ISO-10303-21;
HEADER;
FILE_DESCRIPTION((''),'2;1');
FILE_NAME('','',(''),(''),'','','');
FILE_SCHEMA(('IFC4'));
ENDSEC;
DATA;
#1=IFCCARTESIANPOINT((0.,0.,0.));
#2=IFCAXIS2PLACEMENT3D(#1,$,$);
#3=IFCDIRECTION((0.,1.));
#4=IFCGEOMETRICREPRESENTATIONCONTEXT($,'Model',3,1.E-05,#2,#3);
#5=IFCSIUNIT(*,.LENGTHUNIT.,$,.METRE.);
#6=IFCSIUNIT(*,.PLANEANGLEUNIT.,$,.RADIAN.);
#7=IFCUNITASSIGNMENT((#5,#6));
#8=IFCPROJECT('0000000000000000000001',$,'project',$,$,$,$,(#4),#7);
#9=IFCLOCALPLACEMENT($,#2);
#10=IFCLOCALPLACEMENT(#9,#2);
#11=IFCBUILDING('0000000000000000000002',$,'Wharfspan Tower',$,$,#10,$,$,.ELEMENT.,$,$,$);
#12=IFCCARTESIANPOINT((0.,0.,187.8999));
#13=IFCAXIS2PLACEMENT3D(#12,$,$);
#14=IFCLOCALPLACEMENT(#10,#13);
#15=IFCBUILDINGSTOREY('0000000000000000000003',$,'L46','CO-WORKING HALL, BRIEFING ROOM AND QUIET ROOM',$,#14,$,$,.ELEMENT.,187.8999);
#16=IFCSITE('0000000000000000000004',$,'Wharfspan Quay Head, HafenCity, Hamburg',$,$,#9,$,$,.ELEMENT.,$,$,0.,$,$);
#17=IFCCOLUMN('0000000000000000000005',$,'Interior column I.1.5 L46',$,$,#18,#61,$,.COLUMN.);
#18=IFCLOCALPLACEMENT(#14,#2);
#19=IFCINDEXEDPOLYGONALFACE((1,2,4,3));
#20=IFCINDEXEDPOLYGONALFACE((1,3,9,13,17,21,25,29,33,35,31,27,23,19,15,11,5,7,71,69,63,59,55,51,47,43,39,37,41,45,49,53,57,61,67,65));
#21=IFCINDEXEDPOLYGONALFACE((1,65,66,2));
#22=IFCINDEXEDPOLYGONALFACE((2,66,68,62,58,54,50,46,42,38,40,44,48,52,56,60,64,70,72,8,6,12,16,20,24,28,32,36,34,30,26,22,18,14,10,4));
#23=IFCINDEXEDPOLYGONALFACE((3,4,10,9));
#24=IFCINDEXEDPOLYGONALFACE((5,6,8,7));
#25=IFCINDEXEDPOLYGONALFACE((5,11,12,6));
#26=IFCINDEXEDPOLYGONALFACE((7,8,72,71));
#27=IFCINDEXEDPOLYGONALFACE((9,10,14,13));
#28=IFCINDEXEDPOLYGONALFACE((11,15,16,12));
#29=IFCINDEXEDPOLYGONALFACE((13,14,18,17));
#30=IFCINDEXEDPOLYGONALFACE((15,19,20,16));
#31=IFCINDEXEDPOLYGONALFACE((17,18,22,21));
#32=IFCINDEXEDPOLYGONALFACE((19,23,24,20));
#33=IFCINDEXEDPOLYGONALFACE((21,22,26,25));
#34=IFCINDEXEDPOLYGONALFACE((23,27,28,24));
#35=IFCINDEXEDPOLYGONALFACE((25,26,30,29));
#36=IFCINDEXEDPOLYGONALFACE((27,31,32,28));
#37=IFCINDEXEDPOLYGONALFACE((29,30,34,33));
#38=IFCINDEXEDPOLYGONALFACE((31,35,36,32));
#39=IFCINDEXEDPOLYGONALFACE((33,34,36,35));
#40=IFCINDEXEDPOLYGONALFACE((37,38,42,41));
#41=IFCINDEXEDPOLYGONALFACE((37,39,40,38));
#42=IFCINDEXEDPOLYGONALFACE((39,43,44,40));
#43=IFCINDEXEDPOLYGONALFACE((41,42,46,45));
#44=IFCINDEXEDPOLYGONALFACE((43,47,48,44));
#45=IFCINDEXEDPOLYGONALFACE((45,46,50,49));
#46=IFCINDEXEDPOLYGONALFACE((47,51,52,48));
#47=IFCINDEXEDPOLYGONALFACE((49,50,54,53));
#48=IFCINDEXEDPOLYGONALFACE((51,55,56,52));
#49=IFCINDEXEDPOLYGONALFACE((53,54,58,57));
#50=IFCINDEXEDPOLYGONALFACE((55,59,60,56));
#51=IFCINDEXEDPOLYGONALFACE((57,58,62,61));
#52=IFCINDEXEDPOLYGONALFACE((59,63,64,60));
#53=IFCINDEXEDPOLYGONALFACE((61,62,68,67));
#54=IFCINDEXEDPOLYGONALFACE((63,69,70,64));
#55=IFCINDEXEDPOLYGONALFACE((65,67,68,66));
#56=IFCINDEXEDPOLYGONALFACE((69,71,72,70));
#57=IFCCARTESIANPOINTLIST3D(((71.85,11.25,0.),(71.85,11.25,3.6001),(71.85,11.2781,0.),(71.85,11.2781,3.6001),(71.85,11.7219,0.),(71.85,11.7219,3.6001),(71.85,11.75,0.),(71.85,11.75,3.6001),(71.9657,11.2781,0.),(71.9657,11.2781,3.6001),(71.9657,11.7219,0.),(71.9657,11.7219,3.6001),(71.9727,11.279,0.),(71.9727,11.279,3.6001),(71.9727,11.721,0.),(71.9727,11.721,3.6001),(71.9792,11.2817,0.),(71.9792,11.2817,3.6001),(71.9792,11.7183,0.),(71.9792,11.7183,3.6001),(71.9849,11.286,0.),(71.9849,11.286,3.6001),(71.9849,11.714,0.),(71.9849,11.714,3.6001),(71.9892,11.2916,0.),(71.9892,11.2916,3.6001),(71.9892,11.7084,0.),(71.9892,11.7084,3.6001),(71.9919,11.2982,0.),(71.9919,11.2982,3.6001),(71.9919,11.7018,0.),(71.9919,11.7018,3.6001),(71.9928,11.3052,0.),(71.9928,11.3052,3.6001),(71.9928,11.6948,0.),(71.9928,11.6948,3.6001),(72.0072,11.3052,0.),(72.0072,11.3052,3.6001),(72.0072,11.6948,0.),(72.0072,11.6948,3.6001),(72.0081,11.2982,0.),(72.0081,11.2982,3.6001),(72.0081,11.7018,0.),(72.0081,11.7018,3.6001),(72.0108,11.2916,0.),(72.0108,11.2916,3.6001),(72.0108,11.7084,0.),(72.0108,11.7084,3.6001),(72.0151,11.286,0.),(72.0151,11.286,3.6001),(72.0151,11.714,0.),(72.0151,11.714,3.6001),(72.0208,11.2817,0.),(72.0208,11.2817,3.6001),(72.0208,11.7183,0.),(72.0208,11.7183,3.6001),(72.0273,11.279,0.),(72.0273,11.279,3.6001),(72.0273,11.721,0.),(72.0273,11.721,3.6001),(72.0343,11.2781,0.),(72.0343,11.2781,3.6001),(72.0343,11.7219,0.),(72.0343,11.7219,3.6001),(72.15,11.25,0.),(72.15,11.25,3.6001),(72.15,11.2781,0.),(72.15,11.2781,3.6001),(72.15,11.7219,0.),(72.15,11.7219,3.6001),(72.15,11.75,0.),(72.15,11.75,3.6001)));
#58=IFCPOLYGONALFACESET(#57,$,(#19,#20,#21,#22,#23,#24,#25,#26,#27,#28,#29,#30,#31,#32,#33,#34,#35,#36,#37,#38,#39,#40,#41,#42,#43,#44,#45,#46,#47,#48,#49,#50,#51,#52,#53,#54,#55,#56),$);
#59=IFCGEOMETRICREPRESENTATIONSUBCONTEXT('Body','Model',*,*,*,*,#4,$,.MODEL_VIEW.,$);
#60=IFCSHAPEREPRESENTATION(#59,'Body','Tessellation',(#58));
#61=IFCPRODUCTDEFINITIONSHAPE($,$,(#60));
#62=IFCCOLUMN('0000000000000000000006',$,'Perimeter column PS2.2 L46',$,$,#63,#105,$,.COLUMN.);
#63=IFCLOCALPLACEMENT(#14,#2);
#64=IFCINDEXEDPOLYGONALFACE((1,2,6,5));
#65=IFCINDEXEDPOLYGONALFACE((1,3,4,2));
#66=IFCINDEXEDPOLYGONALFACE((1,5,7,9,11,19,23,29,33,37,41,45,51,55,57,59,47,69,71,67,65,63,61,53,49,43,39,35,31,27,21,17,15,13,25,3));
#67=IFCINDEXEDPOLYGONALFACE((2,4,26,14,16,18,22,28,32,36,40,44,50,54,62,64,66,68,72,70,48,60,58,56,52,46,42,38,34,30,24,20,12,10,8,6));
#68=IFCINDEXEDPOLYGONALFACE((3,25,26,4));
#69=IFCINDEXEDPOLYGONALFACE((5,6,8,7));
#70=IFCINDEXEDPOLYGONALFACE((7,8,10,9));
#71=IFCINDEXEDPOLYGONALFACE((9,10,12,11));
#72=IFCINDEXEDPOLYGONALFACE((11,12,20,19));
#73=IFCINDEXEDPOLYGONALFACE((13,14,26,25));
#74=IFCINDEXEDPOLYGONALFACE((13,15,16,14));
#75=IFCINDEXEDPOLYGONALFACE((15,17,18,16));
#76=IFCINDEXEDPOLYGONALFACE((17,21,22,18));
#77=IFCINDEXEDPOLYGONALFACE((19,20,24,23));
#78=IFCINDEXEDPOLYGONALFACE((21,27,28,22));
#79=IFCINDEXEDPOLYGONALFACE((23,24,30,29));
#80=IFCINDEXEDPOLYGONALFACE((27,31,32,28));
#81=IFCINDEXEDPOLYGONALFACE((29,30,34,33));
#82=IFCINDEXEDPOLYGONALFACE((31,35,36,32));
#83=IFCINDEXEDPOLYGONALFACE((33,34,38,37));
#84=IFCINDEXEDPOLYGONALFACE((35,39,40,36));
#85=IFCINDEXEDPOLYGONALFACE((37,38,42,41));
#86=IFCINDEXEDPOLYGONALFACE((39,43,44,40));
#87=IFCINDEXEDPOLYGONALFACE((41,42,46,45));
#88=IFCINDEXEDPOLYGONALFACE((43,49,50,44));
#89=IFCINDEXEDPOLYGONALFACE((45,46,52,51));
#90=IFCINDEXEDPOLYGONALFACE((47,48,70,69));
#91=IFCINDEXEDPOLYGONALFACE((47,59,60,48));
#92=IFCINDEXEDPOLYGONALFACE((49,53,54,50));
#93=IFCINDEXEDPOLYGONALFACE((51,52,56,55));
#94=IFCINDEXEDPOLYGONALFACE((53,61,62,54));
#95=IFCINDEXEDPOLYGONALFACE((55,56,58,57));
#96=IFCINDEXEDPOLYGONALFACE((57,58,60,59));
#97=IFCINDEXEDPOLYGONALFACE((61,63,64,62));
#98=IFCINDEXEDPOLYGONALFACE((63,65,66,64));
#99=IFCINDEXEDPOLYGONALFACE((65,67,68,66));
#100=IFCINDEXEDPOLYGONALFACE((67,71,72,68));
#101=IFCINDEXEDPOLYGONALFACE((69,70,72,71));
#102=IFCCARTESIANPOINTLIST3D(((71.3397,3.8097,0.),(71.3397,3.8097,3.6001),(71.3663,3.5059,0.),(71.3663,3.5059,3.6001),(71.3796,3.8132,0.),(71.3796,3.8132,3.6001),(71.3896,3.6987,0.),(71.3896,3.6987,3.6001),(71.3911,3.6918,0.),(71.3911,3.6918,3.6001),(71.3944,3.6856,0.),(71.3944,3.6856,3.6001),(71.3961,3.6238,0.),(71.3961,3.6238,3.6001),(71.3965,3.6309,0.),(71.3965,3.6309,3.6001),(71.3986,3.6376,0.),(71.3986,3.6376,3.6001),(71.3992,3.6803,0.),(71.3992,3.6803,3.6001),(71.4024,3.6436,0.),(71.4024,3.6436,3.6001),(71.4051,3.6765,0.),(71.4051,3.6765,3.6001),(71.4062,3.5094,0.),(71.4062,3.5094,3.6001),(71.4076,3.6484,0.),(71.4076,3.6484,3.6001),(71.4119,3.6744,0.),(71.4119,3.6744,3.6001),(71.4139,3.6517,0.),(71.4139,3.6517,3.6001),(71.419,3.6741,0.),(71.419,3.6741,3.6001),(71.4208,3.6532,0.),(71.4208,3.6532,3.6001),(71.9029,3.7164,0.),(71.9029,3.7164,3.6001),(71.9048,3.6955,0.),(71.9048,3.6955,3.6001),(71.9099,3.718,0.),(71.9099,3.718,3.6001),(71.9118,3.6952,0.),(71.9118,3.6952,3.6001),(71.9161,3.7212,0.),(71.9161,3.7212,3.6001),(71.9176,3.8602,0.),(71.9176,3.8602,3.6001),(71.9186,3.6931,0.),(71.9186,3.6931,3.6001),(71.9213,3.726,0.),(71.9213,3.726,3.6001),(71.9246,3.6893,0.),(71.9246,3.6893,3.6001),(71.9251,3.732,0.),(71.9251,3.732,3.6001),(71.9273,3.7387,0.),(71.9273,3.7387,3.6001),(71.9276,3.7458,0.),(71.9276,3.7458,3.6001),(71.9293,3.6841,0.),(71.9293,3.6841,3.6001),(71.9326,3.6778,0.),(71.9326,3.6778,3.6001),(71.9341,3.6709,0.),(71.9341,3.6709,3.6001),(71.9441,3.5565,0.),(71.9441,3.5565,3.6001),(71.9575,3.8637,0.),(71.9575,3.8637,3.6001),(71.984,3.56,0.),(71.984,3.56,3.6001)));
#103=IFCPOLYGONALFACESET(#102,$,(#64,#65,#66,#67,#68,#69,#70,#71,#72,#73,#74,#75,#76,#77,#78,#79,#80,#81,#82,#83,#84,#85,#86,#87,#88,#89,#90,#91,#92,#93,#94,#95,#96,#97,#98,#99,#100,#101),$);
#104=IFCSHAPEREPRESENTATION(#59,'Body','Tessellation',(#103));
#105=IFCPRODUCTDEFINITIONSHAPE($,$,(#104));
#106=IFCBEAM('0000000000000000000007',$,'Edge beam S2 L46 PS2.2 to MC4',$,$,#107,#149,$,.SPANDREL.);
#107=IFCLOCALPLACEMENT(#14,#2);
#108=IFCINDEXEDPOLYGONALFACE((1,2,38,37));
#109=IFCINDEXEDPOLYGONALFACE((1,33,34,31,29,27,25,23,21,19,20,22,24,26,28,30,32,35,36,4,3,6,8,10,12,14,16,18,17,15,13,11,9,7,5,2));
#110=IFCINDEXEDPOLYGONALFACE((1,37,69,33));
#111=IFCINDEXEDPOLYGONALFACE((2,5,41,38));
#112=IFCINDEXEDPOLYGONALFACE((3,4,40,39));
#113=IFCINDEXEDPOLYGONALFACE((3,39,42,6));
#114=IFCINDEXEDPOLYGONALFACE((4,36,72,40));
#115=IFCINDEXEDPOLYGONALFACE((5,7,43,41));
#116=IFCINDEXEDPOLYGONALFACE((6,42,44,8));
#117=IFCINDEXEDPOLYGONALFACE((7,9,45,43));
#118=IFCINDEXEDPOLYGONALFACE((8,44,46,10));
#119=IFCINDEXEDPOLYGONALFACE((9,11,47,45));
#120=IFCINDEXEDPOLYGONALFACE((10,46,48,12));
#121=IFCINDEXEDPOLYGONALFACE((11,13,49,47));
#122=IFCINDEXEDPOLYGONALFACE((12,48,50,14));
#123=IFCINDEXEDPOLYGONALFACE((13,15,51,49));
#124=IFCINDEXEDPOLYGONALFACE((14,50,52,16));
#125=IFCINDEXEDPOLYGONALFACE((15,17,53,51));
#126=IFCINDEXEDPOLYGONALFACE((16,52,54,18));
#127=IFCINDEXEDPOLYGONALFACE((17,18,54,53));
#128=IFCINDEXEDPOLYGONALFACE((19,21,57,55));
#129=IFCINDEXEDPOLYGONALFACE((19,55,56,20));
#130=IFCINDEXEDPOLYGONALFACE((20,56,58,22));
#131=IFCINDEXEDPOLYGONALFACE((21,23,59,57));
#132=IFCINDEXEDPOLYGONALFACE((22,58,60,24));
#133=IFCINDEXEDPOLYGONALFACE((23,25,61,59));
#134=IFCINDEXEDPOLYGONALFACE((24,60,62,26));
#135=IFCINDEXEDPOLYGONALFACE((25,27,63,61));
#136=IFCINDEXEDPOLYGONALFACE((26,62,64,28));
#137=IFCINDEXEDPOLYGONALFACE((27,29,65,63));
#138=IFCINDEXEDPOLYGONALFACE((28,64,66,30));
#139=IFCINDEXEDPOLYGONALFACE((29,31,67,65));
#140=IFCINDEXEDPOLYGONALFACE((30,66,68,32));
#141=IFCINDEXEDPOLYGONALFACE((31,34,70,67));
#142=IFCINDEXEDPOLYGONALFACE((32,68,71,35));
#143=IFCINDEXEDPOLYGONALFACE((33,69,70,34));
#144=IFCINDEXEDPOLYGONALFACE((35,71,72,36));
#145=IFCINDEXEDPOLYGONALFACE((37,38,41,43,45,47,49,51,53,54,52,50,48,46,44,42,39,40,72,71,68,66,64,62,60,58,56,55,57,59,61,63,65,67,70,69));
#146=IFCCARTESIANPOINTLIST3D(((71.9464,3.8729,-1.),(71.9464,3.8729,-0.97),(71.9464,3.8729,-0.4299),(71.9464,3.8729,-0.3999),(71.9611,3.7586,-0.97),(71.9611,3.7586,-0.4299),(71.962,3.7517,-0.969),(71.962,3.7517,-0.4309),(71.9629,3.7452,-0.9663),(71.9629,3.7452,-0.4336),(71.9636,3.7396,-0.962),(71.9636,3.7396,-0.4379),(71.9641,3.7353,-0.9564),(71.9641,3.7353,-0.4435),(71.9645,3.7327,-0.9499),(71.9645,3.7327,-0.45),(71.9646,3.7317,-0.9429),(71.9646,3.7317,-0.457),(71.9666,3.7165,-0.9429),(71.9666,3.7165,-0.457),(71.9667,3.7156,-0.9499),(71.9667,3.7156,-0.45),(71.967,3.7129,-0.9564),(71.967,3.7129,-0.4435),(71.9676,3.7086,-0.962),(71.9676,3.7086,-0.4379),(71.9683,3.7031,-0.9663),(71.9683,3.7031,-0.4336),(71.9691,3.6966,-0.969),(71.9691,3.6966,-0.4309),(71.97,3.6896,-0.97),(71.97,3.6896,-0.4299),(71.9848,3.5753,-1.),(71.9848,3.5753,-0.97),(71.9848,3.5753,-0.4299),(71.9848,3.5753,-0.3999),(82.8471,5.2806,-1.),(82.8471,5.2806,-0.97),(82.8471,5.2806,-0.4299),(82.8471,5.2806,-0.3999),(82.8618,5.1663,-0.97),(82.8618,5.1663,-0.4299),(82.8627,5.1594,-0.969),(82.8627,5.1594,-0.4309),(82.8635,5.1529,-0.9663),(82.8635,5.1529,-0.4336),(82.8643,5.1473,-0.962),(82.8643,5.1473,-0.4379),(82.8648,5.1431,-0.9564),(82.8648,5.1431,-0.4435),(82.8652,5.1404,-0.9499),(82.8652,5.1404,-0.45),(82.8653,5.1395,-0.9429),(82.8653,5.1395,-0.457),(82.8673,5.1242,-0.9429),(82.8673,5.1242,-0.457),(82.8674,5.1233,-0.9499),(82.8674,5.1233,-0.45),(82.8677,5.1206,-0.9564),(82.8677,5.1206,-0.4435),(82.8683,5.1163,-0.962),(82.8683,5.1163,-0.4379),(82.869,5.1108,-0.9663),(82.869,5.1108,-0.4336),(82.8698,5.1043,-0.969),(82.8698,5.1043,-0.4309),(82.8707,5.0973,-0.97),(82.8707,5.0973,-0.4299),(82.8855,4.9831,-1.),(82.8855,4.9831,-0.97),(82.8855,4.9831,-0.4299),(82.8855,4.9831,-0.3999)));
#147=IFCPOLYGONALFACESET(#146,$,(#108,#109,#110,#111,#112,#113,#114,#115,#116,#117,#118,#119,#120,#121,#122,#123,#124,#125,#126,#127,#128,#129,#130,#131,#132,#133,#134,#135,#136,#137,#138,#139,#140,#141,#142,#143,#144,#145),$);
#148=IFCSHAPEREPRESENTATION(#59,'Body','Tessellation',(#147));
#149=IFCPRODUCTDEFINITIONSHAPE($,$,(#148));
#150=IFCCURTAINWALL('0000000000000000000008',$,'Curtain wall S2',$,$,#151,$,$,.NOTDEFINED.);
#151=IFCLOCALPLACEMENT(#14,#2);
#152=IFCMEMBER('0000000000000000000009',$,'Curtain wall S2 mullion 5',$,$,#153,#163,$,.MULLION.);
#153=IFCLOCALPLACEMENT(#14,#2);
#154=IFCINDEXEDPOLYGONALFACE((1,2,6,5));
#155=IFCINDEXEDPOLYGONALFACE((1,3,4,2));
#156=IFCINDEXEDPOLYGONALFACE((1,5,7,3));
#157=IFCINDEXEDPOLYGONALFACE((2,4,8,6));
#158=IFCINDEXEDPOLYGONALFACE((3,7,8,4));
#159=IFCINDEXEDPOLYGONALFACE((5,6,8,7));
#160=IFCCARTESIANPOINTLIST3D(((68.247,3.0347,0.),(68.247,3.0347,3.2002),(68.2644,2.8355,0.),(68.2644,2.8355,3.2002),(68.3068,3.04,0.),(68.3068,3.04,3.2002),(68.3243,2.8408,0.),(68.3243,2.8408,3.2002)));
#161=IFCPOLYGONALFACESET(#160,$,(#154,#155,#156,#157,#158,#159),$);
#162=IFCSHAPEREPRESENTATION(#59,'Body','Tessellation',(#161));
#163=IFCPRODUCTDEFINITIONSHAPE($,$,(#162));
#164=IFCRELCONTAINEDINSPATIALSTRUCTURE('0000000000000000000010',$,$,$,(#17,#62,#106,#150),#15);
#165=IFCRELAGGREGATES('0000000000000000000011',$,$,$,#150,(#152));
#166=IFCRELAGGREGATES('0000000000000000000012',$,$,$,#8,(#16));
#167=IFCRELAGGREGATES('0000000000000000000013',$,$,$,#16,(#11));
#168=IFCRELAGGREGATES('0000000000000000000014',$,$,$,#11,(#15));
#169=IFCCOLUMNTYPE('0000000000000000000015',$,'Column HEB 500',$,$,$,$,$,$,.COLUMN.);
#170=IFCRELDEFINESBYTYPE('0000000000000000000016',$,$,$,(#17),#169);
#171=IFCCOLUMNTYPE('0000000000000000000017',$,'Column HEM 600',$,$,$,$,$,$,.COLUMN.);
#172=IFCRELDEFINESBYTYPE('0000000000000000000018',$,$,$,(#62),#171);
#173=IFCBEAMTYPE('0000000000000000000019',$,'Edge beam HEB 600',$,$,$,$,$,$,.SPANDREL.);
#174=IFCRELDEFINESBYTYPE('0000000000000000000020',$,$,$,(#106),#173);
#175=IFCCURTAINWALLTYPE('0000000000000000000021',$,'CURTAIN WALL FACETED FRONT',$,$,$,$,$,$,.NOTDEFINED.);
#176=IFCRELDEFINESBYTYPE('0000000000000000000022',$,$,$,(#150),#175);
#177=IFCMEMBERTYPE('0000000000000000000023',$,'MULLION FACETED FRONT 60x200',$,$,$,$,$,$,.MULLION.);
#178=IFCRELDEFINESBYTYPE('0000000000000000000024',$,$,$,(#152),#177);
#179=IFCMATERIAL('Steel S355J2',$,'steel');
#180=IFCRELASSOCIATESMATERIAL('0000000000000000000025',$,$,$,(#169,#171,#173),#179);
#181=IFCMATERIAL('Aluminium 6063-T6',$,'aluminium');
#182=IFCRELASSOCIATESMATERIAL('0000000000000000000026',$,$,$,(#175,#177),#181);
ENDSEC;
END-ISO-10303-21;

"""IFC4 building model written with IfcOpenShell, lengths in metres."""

from ifc_helpers import new_model, si_unit, direction, frame, origin, origin_2d, place, context, subcontext, project, spatial, rectangle, i_section, extrude, material, material_profile, profile_set, type_object, element, aggregate, save


model = new_model("IFC4")

# Units and contexts
model_context = context("Model", 3, precision=1e-05, world=origin(), true_north=direction((0.0, 1.0)))
body_context = subcontext(model_context, "Body", "Model", "MODEL_VIEW")
ifc_project = project(units=[si_unit("LENGTHUNIT", "METRE"), si_unit("PLANEANGLEUNIT", "RADIAN")], contexts=[model_context])

# Site, building, storey
site_placement = place(None, origin())
site = spatial("IfcSite", under=ifc_project, at=site_placement, Name="Wharfspan Quay Head, HafenCity, Hamburg", CompositionType="ELEMENT", RefElevation=0.0)
building_placement = place(site_placement, origin())
building = spatial("IfcBuilding", under=site, at=building_placement, Name="Wharfspan Tower", CompositionType="ELEMENT")
storey_placement = place(building_placement, frame((0.0, 0.0, 187.8999)))
storey = spatial("IfcBuildingStorey", under=building, at=storey_placement, Name="L46", Description="CO-WORKING HALL, BRIEFING ROOM AND QUIET ROOM", CompositionType="ELEMENT", Elevation=187.8999)

# Columns
ifc_material_1 = material(Name="Steel S355J2", Category="steel")
ifc_material_profile_1 = material_profile(ifc_material_1, i_section(OverallWidth=0.3, OverallDepth=0.5, WebThickness=0.0144, FlangeThickness=0.0281, FilletRadius=0.0271, at=origin_2d()))
ifc_profile_set_1 = profile_set([ifc_material_profile_1], Name="Steel S355J2")
column_type_1 = type_object("IfcColumnType", Name="Column HEB 500", PredefinedType="COLUMN", material=ifc_profile_set_1)
column_1_placement = place(storey_placement, frame((72.0, 11.5, 0.0), z_axis=(0.0, 0.0, 1.0), x_axis=(1.0, 0.0, 0.0)))
element("IfcColumn", 1, at=column_1_placement, inside=storey, type_object=column_type_1, Name="Interior column I.1.5 L46", PredefinedType="COLUMN", context=body_context, shape_type="SweptSolid", body=[
    extrude(i_section(OverallWidth=0.3, OverallDepth=0.5, WebThickness=0.0144, FlangeThickness=0.0281, FilletRadius=0.0271, at=origin_2d()), origin(), (0.0, 0.0, 1.0), 3.6001),
])
ifc_material_profile_2 = material_profile(ifc_material_1, i_section(OverallWidth=0.3049, OverallDepth=0.6201, WebThickness=0.021, FlangeThickness=0.04, FilletRadius=0.0271, at=origin_2d()))
ifc_profile_set_2 = profile_set([ifc_material_profile_2], Name="Steel S355J2")
column_type_2 = type_object("IfcColumnType", Name="Column HEM 600", PredefinedType="COLUMN", material=ifc_profile_set_2)
column_2_placement = place(storey_placement, frame((71.6619, 3.6848, 0.0), z_axis=(0.0, 0.0, 1.0), x_axis=(0.087156, -0.996198, 0.0)))
element("IfcColumn", 2, at=column_2_placement, inside=storey, type_object=column_type_2, Name="Perimeter column PS2.2 L46", PredefinedType="COLUMN", context=body_context, shape_type="SweptSolid", body=[
    extrude(i_section(OverallWidth=0.3049, OverallDepth=0.6201, WebThickness=0.021, FlangeThickness=0.04, FilletRadius=0.0271, at=origin_2d()), origin(), (0.0, 0.0, 1.0), 3.6001),
])

# Beam
ifc_material_profile_3 = material_profile(ifc_material_1, i_section(OverallWidth=0.3, OverallDepth=0.6001, WebThickness=0.0154, FlangeThickness=0.03, FilletRadius=0.0271, at=origin_2d()))
ifc_profile_set_3 = profile_set([ifc_material_profile_3], Name="Steel S355J2")
beam_type = type_object("IfcBeamType", Name="Edge beam HEB 600", PredefinedType="SPANDREL", material=ifc_profile_set_3)
beam_placement = place(storey_placement, frame((71.9656, 3.7241, -0.7), z_axis=(0.991764, 0.128077, 0.0), x_axis=(-0.128077, 0.991764, 0.0)))
element("IfcBeam", 3, at=beam_placement, inside=storey, type_object=beam_type, Name="Edge beam S2 L46 PS2.2 to MC4", PredefinedType="SPANDREL", context=body_context, shape_type="SweptSolid", body=[
    extrude(i_section(OverallWidth=0.3, OverallDepth=0.6001, WebThickness=0.0154, FlangeThickness=0.03, FilletRadius=0.0271, at=origin_2d()), origin(), (0.0, 0.0, 1.0), 10.9912),
])

# Curtain wall, member
ifc_material_2 = material(Name="Aluminium 6063-T6", Category="aluminium")
curtain_wall_type = type_object("IfcCurtainWallType", Name="CURTAIN WALL FACETED FRONT", PredefinedType="NOTDEFINED", material=ifc_material_2)
curtain_wall_placement = place(storey_placement, origin())
curtain_wall = element("IfcCurtainWall", 4, at=curtain_wall_placement, inside=storey, type_object=curtain_wall_type, Name="Curtain wall S2", PredefinedType="NOTDEFINED")
ifc_material_profile_4 = material_profile(ifc_material_2, rectangle(XDim=0.2, YDim=0.0601, at=origin_2d()))
ifc_profile_set_4 = profile_set([ifc_material_profile_4], Name="Aluminium 6063-T6")
member_type_1 = type_object("IfcMemberType", Name="MULLION FACETED FRONT 60x200", PredefinedType="MULLION", material=ifc_profile_set_4)
member_1_placement = place(storey_placement, frame((68.2856, 2.9377, 0.0), z_axis=(0.0, 0.0, 1.0), x_axis=(-0.087156, 0.996198, 0.0)))
member_1 = element("IfcMember", 5, at=member_1_placement, type_object=member_type_1, Name="Curtain wall S2 mullion 5", PredefinedType="MULLION", context=body_context, shape_type="SweptSolid", body=[
    extrude(rectangle(XDim=0.2, YDim=0.0601, at=origin_2d()), origin(), (0.0, 0.0, 1.0), 3.2002),
])

aggregate(curtain_wall, [member_1])

save(model, "model.ifc")
